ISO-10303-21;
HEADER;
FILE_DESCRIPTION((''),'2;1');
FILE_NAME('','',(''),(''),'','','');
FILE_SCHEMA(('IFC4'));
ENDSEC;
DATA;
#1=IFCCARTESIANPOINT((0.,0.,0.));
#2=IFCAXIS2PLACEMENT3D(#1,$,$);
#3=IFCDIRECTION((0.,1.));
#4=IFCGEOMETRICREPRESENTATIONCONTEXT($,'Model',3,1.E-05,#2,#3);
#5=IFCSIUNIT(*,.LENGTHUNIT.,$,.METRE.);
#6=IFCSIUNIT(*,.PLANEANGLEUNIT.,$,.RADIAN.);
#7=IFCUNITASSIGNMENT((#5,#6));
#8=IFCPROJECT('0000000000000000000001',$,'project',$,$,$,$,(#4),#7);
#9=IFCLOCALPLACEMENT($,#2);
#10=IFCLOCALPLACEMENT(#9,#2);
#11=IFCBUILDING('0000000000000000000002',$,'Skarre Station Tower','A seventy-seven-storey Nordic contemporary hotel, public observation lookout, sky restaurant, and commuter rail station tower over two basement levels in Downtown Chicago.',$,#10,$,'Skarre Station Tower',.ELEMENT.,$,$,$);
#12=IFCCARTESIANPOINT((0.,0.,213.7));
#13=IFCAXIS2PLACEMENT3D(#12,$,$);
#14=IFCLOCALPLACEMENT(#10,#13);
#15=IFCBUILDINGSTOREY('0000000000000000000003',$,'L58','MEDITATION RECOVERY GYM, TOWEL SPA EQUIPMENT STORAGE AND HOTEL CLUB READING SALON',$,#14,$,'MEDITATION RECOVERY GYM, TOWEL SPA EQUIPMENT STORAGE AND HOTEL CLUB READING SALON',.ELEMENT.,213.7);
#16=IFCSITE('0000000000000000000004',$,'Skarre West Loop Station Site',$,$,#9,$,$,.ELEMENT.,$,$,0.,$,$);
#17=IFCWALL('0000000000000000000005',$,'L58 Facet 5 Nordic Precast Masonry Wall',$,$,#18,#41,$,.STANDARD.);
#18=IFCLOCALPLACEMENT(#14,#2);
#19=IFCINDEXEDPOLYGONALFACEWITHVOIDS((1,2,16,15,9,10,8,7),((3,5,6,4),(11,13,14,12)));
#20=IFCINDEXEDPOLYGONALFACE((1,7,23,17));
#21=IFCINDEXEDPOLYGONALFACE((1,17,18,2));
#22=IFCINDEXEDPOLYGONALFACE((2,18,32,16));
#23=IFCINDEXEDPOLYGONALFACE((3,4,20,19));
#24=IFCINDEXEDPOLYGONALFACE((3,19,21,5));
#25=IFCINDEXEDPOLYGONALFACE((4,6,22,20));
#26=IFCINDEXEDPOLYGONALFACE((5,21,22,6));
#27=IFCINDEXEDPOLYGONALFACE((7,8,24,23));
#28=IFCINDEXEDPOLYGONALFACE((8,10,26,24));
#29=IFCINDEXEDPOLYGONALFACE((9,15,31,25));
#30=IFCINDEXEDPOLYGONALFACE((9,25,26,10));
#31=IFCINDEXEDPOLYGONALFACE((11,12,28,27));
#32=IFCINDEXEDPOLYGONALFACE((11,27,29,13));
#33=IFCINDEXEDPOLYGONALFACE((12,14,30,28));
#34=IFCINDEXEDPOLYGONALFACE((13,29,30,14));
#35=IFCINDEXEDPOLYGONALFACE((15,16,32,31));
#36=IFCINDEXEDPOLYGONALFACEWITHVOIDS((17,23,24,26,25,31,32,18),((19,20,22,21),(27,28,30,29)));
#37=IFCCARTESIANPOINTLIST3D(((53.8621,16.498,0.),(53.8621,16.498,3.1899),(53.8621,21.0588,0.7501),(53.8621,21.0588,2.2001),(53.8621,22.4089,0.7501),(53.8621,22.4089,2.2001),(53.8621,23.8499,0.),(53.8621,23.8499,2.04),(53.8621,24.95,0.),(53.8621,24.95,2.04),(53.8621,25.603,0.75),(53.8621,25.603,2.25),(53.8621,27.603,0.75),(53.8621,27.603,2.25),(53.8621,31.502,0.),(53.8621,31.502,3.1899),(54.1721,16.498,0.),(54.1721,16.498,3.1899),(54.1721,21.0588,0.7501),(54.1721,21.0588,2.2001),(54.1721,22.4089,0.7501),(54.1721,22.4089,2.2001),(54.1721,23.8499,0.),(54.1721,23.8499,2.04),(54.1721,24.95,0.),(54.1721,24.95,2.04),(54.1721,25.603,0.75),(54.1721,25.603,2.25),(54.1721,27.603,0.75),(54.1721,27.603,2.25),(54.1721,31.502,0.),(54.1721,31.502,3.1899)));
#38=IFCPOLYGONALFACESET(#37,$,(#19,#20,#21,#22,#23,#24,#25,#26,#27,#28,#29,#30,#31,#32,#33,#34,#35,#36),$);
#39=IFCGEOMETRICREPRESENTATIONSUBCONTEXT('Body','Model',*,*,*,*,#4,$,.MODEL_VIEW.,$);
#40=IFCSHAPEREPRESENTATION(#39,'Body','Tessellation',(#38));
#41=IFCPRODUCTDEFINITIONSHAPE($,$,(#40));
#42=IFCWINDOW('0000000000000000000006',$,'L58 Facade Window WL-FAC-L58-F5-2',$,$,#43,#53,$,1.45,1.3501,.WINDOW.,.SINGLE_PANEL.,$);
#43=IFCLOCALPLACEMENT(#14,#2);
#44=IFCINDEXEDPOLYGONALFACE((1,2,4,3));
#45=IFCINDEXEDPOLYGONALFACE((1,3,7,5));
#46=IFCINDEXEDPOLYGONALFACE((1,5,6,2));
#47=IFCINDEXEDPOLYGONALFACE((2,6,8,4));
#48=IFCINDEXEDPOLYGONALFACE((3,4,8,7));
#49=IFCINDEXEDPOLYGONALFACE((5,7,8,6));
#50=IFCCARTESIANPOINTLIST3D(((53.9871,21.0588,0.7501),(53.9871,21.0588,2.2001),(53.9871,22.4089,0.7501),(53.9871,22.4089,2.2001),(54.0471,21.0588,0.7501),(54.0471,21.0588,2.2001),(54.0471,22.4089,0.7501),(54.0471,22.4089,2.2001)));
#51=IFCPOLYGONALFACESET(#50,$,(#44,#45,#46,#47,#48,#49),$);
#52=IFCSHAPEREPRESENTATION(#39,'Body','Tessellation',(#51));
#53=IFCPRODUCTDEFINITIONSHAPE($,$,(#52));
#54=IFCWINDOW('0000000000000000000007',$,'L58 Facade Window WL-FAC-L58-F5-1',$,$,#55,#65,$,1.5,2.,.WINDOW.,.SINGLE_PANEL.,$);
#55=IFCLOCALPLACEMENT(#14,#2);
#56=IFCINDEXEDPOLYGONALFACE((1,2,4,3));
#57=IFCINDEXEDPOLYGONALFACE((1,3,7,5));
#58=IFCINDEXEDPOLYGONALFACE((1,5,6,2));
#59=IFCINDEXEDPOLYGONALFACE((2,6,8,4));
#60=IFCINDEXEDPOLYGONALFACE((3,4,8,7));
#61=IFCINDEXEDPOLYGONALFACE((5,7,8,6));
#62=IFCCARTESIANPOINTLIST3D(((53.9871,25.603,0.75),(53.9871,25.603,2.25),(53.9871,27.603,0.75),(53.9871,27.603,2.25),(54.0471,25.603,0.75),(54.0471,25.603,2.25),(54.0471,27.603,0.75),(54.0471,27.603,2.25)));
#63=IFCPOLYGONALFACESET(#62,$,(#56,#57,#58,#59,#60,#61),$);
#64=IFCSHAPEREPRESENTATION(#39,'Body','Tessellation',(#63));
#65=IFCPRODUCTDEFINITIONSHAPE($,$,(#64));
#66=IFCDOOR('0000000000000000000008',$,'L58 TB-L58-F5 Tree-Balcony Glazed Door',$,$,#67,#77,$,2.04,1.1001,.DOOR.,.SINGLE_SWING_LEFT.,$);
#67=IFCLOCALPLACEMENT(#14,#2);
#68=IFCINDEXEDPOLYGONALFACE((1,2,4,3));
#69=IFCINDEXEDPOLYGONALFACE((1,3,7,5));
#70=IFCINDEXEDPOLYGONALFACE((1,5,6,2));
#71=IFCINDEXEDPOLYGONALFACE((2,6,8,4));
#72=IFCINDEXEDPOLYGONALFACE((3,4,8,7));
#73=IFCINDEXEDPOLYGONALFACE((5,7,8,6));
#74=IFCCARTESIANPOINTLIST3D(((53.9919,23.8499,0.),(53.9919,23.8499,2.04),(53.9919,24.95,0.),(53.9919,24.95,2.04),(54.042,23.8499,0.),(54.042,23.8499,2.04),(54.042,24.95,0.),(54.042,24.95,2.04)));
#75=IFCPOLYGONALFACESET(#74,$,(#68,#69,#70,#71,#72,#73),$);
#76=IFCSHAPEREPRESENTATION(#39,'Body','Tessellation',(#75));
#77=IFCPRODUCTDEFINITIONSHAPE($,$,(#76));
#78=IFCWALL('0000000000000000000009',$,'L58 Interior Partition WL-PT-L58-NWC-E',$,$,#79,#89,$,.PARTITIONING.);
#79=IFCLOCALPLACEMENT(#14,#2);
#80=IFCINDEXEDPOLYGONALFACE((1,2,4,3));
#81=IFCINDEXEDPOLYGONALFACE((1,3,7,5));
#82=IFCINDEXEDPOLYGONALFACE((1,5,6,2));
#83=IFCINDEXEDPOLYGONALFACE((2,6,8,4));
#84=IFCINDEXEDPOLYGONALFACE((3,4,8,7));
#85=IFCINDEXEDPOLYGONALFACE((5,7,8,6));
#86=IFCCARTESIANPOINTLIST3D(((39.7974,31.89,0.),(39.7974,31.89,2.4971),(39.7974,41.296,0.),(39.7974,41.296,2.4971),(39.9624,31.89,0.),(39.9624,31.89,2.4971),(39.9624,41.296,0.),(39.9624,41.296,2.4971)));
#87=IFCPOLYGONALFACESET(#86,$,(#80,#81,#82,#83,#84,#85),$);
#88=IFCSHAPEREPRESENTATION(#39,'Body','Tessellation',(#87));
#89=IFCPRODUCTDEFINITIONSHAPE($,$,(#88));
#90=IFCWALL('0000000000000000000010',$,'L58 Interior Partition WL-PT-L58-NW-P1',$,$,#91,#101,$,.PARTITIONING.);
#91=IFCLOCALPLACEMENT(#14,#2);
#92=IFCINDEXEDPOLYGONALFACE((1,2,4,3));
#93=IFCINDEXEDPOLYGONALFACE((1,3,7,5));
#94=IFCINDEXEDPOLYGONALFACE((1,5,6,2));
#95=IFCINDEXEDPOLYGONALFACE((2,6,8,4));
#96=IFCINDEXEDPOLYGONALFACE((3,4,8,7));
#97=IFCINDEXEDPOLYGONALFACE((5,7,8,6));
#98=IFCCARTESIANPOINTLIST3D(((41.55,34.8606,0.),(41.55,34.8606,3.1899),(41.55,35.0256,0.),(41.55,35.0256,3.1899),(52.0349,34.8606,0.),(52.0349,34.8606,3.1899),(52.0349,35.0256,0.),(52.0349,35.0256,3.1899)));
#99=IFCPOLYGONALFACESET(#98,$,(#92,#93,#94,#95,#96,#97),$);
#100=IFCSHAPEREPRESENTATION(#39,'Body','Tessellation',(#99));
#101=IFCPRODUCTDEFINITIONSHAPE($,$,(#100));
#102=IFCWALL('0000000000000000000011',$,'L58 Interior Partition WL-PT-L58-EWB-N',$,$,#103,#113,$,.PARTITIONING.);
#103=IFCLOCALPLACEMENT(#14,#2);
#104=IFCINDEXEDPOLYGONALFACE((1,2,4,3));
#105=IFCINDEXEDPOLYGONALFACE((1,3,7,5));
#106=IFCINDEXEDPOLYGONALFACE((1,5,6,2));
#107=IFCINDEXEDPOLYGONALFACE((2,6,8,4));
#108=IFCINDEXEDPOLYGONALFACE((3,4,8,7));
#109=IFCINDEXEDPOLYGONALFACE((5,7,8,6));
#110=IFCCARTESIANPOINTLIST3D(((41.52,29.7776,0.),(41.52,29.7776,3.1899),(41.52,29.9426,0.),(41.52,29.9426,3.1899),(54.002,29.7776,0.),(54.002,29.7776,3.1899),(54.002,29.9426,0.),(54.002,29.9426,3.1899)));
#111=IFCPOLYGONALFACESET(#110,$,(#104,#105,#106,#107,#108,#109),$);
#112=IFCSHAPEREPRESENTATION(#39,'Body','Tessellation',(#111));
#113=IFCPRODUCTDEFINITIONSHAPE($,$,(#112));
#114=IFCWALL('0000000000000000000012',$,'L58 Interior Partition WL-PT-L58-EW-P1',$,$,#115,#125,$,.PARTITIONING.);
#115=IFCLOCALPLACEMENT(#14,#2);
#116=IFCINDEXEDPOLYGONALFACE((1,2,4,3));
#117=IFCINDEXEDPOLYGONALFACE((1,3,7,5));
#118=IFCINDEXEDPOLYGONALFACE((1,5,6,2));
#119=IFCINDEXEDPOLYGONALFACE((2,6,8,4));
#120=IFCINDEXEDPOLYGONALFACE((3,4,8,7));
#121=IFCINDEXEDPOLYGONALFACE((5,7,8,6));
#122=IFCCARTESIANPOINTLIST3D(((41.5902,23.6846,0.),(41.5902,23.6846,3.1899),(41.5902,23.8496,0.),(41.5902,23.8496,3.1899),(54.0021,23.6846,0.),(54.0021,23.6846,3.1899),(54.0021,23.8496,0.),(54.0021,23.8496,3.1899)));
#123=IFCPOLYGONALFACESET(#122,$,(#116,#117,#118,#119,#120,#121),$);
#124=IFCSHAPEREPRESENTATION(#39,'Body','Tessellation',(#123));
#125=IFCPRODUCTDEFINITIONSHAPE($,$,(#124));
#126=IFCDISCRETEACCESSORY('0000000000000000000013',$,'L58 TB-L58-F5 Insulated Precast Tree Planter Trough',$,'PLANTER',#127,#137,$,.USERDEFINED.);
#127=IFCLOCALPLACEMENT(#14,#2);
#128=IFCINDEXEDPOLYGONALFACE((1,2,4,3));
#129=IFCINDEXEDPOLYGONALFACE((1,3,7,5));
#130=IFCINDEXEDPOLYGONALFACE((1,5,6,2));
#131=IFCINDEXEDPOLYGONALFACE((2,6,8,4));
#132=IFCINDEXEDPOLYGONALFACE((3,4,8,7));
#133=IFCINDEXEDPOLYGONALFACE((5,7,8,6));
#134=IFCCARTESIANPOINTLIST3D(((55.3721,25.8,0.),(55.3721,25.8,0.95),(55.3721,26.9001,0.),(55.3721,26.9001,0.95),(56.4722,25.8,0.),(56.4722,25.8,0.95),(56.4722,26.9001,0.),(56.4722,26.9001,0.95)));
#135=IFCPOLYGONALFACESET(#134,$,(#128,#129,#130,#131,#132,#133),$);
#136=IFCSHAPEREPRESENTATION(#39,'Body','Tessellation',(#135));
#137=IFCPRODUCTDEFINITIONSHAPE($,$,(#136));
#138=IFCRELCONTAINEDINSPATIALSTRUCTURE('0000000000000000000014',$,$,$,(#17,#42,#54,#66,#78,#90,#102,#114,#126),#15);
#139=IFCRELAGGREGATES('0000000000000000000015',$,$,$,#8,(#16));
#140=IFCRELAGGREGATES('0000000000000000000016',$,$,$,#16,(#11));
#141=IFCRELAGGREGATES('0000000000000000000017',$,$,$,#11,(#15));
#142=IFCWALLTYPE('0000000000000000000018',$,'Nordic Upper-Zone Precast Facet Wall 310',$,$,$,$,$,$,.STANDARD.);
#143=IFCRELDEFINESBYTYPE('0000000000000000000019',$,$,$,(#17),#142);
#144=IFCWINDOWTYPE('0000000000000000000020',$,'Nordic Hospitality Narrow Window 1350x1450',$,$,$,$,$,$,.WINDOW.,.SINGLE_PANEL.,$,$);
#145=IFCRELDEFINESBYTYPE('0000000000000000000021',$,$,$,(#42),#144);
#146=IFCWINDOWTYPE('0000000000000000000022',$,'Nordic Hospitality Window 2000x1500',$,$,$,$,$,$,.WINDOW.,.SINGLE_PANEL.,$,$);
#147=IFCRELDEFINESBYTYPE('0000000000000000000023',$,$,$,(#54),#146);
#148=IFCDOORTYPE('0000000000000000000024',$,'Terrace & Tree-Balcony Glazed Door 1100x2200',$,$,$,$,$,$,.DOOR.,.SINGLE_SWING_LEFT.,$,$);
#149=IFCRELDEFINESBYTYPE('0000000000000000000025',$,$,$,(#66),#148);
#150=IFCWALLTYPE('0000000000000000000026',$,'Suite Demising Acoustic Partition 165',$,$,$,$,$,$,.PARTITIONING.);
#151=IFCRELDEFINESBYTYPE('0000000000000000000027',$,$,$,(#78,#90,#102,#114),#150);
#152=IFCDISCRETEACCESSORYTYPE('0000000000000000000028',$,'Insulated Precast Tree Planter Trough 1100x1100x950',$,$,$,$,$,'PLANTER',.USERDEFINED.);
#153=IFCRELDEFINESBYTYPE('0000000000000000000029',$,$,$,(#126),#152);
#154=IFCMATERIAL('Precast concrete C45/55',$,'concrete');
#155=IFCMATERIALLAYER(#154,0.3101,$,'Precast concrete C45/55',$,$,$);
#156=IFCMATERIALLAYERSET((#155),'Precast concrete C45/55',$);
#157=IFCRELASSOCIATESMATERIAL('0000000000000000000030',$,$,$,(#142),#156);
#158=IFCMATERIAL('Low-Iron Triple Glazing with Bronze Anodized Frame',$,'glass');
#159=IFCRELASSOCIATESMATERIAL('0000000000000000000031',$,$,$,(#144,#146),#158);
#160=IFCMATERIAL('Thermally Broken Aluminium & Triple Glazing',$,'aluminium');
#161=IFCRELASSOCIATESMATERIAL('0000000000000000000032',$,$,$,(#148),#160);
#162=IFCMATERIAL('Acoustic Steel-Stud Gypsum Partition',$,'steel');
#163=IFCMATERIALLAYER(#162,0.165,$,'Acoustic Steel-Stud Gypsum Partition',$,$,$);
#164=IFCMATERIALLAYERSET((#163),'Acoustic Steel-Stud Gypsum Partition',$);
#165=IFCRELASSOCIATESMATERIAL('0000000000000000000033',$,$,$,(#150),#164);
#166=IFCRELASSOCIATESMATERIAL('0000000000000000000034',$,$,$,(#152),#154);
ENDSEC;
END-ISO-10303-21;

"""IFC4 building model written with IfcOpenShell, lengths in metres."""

from ifc_helpers import new_model, si_unit, direction, frame, frame_2d, origin, origin_2d, place, context, subcontext, project, spatial, rectangle, extrude, material, layer, layer_set, type_object, element, fill, save


model = new_model("IFC4")

# Units and contexts
model_context = context("Model", 3, precision=1e-05, world=origin(), true_north=direction((0.0, 1.0)))
body_context = subcontext(model_context, "Body", "Model", "MODEL_VIEW")
ifc_project = project(units=[si_unit("LENGTHUNIT", "METRE"), si_unit("PLANEANGLEUNIT", "RADIAN")], contexts=[model_context])

# Site, building, storey
site_placement = place(None, origin())
site = spatial("IfcSite", under=ifc_project, at=site_placement, Name="Skarre West Loop Station Site", CompositionType="ELEMENT", RefElevation=0.0)
building_placement = place(site_placement, origin())
building = spatial("IfcBuilding", under=site, at=building_placement, Name="Skarre Station Tower", Description="A seventy-seven-storey Nordic contemporary hotel, public observation lookout, sky restaurant, and commuter rail station tower over two basement levels in Downtown Chicago.", LongName="Skarre Station Tower", CompositionType="ELEMENT")
storey_placement = place(building_placement, frame((0.0, 0.0, 213.7)))
storey = spatial("IfcBuildingStorey", under=building, at=storey_placement, Name="L58", Description="MEDITATION RECOVERY GYM, TOWEL SPA EQUIPMENT STORAGE AND HOTEL CLUB READING SALON", LongName="MEDITATION RECOVERY GYM, TOWEL SPA EQUIPMENT STORAGE AND HOTEL CLUB READING SALON", CompositionType="ELEMENT", Elevation=213.7)

# Shared definitions
ifc_material_1 = material(Name="Acoustic Steel-Stud Gypsum Partition", Category="steel")

# Shared definitions
ifc_material_2 = material(Name="Precast concrete C45/55", Category="concrete")

# Wall, openings, windows, door
ifc_layer_1 = layer(ifc_material_2, 0.3101, Name="Precast concrete C45/55")
ifc_layer_set_1 = layer_set([ifc_layer_1], Name="Precast concrete C45/55")
wall_type_1 = type_object("IfcWallType", Name="Nordic Upper-Zone Precast Facet Wall 310", PredefinedType="STANDARD", material=ifc_layer_set_1)
wall_1_placement = place(storey_placement, frame((54.0171, 31.502, 0.0), z_axis=(0.0, 0.0, 1.0), x_axis=(0.0, -1.0, 0.0)))
wall_1 = element("IfcWall", 1, at=wall_1_placement, inside=storey, type_object=wall_type_1, Name="L58 Facet 5 Nordic Precast Masonry Wall", PredefinedType="STANDARD", context=body_context, shape_type="SweptSolid", body=[
    extrude(rectangle(XDim=15.0039, YDim=0.3101, at=frame_2d((7.502, 0.0))), origin(), (0.0, 0.0, 1.0), 3.1899),
])
opening_1_placement = place(wall_1_placement, frame((6.552, 0.0, 0.0)))
opening_1 = element("IfcOpeningElement", 2, at=opening_1_placement, cuts=wall_1, PredefinedType="OPENING", context=body_context, shape_type="SweptSolid", body=[
    extrude(rectangle(XDim=1.1001, YDim=2.04, at=frame_2d((0.55, 1.02))), frame((0.0, 0.165, 0.0), z_axis=(0.0, -1.0, 0.0), x_axis=(1.0, 0.0, 0.0)), (0.0, 0.0, 1.0), 0.3301),
])
opening_2_placement = place(wall_1_placement, frame((3.8989, 0.0, 0.75)))
opening_2 = element("IfcOpeningElement", 3, at=opening_2_placement, cuts=wall_1, PredefinedType="OPENING", context=body_context, shape_type="SweptSolid", body=[
    extrude(rectangle(XDim=2.0, YDim=1.5, at=frame_2d((1.0, 0.75))), frame((0.0, 0.165, 0.0), z_axis=(0.0, -1.0, 0.0), x_axis=(1.0, 0.0, 0.0)), (0.0, 0.0, 1.0), 0.3301),
])
opening_3_placement = place(wall_1_placement, frame((9.093, 0.0, 0.75)))
opening_3 = element("IfcOpeningElement", 4, at=opening_3_placement, cuts=wall_1, PredefinedType="OPENING", context=body_context, shape_type="SweptSolid", body=[
    extrude(rectangle(XDim=1.3501, YDim=1.45, at=frame_2d((0.675, 0.7251))), frame((0.0, 0.165, 0.0), z_axis=(0.0, -1.0, 0.0), x_axis=(1.0, 0.0, 0.0)), (0.0, 0.0, 1.0), 0.3301),
])
ifc_material_3 = material(Name="Low-Iron Triple Glazing with Bronze Anodized Frame", Category="glass")
window_type_1 = type_object("IfcWindowType", Name="Nordic Hospitality Narrow Window 1350x1450", PartitioningType="SINGLE_PANEL", PredefinedType="WINDOW", material=ifc_material_3)
window_1_placement = place(opening_3_placement, origin())
window_1 = element("IfcWindow", 5, at=window_1_placement, inside=storey, type_object=window_type_1, Name="L58 Facade Window WL-FAC-L58-F5-2", OverallHeight=1.45, OverallWidth=1.3501, PartitioningType="SINGLE_PANEL", PredefinedType="WINDOW", context=body_context, shape_type="SweptSolid", body=[
    extrude(rectangle(XDim=1.3501, YDim=1.45, at=frame_2d((0.675, 0.7251))), frame((0.0, 0.03, 0.0), z_axis=(0.0, -1.0, 0.0), x_axis=(1.0, 0.0, 0.0)), (0.0, 0.0, 1.0), 0.0601),
])
fill(opening_3, window_1)
window_type_2 = type_object("IfcWindowType", Name="Nordic Hospitality Window 2000x1500", PartitioningType="SINGLE_PANEL", PredefinedType="WINDOW", material=ifc_material_3)
window_2_placement = place(opening_2_placement, origin())
window_2 = element("IfcWindow", 6, at=window_2_placement, inside=storey, type_object=window_type_2, Name="L58 Facade Window WL-FAC-L58-F5-1", OverallHeight=1.5, OverallWidth=2.0, PartitioningType="SINGLE_PANEL", PredefinedType="WINDOW", context=body_context, shape_type="SweptSolid", body=[
    extrude(rectangle(XDim=2.0, YDim=1.5, at=frame_2d((1.0, 0.75))), frame((0.0, 0.03, 0.0), z_axis=(0.0, -1.0, 0.0), x_axis=(1.0, 0.0, 0.0)), (0.0, 0.0, 1.0), 0.0601),
])
fill(opening_2, window_2)
ifc_material_4 = material(Name="Thermally Broken Aluminium & Triple Glazing", Category="aluminium")
door_type_1 = type_object("IfcDoorType", Name="Terrace & Tree-Balcony Glazed Door 1100x2200", OperationType="SINGLE_SWING_LEFT", PredefinedType="DOOR", material=ifc_material_4)
door_1_placement = place(opening_1_placement, origin())
door_1 = element("IfcDoor", 7, at=door_1_placement, inside=storey, type_object=door_type_1, Name="L58 TB-L58-F5 Tree-Balcony Glazed Door", OperationType="SINGLE_SWING_LEFT", OverallHeight=2.04, OverallWidth=1.1001, PredefinedType="DOOR", context=body_context, shape_type="SweptSolid", body=[
    extrude(rectangle(XDim=1.1001, YDim=2.04, at=frame_2d((0.55, 1.02))), frame((0.0, 0.0249, 0.0), z_axis=(0.0, -1.0, 0.0), x_axis=(1.0, 0.0, 0.0)), (0.0, 0.0, 1.0), 0.05),
])
fill(opening_1, door_1)

# Walls
ifc_layer_2 = layer(ifc_material_1, 0.165, Name="Acoustic Steel-Stud Gypsum Partition")
ifc_layer_set_2 = layer_set([ifc_layer_2], Name="Acoustic Steel-Stud Gypsum Partition")
wall_type_2 = type_object("IfcWallType", Name="Suite Demising Acoustic Partition 165", PredefinedType="PARTITIONING", material=ifc_layer_set_2)
wall_2_placement = place(storey_placement, frame((39.8799, 31.8899, 0.0), z_axis=(0.0, 0.0, 1.0), x_axis=(0.0, 1.0, 0.0)))
element("IfcWall", 8, at=wall_2_placement, inside=storey, type_object=wall_type_2, Name="L58 Interior Partition WL-PT-L58-NWC-E", PredefinedType="PARTITIONING", context=body_context, shape_type="SweptSolid", body=[
    extrude(rectangle(XDim=9.406, YDim=0.165, at=frame_2d((4.7031, 0.0))), origin(), (0.0, 0.0, 1.0), 2.4971),
])
wall_3_placement = place(storey_placement, frame((41.55, 34.9431, 0.0), z_axis=(0.0, 0.0, 1.0), x_axis=(1.0, 0.0, 0.0)))
element("IfcWall", 9, at=wall_3_placement, inside=storey, type_object=wall_type_2, Name="L58 Interior Partition WL-PT-L58-NW-P1", PredefinedType="PARTITIONING", context=body_context, shape_type="SweptSolid", body=[
    extrude(rectangle(XDim=10.4849, YDim=0.165, at=frame_2d((5.2424, 0.0))), origin(), (0.0, 0.0, 1.0), 3.1899),
])
wall_4_placement = place(storey_placement, frame((41.52, 29.8601, 0.0), z_axis=(0.0, 0.0, 1.0), x_axis=(1.0, 0.0, 0.0)))
element("IfcWall", 10, at=wall_4_placement, inside=storey, type_object=wall_type_2, Name="L58 Interior Partition WL-PT-L58-EWB-N", PredefinedType="PARTITIONING", context=body_context, shape_type="SweptSolid", body=[
    extrude(rectangle(XDim=12.4819, YDim=0.165, at=frame_2d((6.241, 0.0))), origin(), (0.0, 0.0, 1.0), 3.1899),
])
wall_5_placement = place(storey_placement, frame((41.5901, 23.7671, 0.0), z_axis=(0.0, 0.0, 1.0), x_axis=(1.0, 0.0, 0.0)))
element("IfcWall", 11, at=wall_5_placement, inside=storey, type_object=wall_type_2, Name="L58 Interior Partition WL-PT-L58-EW-P1", PredefinedType="PARTITIONING", context=body_context, shape_type="SweptSolid", body=[
    extrude(rectangle(XDim=12.4119, YDim=0.165, at=frame_2d((6.2061, 0.0))), origin(), (0.0, 0.0, 1.0), 3.1899),
])

# Discrete accessory
discrete_accessory_type = type_object("IfcDiscreteAccessoryType", Name="Insulated Precast Tree Planter Trough 1100x1100x950", ElementType="PLANTER", PredefinedType="USERDEFINED", material=ifc_material_2)
discrete_accessory_placement = place(storey_placement, frame((55.9221, 26.3501, 0.0), z_axis=(0.0, 0.0, 1.0), x_axis=(1.0, 0.0, 0.0)))
element("IfcDiscreteAccessory", 12, at=discrete_accessory_placement, inside=storey, type_object=discrete_accessory_type, Name="L58 TB-L58-F5 Insulated Precast Tree Planter Trough", ObjectType="PLANTER", PredefinedType="USERDEFINED", context=body_context, shape_type="SweptSolid", body=[
    extrude(rectangle(XDim=1.1001, YDim=1.1001, at=origin_2d()), origin(), (0.0, 0.0, 1.0), 0.95),
])

save(model, "model.ifc")
